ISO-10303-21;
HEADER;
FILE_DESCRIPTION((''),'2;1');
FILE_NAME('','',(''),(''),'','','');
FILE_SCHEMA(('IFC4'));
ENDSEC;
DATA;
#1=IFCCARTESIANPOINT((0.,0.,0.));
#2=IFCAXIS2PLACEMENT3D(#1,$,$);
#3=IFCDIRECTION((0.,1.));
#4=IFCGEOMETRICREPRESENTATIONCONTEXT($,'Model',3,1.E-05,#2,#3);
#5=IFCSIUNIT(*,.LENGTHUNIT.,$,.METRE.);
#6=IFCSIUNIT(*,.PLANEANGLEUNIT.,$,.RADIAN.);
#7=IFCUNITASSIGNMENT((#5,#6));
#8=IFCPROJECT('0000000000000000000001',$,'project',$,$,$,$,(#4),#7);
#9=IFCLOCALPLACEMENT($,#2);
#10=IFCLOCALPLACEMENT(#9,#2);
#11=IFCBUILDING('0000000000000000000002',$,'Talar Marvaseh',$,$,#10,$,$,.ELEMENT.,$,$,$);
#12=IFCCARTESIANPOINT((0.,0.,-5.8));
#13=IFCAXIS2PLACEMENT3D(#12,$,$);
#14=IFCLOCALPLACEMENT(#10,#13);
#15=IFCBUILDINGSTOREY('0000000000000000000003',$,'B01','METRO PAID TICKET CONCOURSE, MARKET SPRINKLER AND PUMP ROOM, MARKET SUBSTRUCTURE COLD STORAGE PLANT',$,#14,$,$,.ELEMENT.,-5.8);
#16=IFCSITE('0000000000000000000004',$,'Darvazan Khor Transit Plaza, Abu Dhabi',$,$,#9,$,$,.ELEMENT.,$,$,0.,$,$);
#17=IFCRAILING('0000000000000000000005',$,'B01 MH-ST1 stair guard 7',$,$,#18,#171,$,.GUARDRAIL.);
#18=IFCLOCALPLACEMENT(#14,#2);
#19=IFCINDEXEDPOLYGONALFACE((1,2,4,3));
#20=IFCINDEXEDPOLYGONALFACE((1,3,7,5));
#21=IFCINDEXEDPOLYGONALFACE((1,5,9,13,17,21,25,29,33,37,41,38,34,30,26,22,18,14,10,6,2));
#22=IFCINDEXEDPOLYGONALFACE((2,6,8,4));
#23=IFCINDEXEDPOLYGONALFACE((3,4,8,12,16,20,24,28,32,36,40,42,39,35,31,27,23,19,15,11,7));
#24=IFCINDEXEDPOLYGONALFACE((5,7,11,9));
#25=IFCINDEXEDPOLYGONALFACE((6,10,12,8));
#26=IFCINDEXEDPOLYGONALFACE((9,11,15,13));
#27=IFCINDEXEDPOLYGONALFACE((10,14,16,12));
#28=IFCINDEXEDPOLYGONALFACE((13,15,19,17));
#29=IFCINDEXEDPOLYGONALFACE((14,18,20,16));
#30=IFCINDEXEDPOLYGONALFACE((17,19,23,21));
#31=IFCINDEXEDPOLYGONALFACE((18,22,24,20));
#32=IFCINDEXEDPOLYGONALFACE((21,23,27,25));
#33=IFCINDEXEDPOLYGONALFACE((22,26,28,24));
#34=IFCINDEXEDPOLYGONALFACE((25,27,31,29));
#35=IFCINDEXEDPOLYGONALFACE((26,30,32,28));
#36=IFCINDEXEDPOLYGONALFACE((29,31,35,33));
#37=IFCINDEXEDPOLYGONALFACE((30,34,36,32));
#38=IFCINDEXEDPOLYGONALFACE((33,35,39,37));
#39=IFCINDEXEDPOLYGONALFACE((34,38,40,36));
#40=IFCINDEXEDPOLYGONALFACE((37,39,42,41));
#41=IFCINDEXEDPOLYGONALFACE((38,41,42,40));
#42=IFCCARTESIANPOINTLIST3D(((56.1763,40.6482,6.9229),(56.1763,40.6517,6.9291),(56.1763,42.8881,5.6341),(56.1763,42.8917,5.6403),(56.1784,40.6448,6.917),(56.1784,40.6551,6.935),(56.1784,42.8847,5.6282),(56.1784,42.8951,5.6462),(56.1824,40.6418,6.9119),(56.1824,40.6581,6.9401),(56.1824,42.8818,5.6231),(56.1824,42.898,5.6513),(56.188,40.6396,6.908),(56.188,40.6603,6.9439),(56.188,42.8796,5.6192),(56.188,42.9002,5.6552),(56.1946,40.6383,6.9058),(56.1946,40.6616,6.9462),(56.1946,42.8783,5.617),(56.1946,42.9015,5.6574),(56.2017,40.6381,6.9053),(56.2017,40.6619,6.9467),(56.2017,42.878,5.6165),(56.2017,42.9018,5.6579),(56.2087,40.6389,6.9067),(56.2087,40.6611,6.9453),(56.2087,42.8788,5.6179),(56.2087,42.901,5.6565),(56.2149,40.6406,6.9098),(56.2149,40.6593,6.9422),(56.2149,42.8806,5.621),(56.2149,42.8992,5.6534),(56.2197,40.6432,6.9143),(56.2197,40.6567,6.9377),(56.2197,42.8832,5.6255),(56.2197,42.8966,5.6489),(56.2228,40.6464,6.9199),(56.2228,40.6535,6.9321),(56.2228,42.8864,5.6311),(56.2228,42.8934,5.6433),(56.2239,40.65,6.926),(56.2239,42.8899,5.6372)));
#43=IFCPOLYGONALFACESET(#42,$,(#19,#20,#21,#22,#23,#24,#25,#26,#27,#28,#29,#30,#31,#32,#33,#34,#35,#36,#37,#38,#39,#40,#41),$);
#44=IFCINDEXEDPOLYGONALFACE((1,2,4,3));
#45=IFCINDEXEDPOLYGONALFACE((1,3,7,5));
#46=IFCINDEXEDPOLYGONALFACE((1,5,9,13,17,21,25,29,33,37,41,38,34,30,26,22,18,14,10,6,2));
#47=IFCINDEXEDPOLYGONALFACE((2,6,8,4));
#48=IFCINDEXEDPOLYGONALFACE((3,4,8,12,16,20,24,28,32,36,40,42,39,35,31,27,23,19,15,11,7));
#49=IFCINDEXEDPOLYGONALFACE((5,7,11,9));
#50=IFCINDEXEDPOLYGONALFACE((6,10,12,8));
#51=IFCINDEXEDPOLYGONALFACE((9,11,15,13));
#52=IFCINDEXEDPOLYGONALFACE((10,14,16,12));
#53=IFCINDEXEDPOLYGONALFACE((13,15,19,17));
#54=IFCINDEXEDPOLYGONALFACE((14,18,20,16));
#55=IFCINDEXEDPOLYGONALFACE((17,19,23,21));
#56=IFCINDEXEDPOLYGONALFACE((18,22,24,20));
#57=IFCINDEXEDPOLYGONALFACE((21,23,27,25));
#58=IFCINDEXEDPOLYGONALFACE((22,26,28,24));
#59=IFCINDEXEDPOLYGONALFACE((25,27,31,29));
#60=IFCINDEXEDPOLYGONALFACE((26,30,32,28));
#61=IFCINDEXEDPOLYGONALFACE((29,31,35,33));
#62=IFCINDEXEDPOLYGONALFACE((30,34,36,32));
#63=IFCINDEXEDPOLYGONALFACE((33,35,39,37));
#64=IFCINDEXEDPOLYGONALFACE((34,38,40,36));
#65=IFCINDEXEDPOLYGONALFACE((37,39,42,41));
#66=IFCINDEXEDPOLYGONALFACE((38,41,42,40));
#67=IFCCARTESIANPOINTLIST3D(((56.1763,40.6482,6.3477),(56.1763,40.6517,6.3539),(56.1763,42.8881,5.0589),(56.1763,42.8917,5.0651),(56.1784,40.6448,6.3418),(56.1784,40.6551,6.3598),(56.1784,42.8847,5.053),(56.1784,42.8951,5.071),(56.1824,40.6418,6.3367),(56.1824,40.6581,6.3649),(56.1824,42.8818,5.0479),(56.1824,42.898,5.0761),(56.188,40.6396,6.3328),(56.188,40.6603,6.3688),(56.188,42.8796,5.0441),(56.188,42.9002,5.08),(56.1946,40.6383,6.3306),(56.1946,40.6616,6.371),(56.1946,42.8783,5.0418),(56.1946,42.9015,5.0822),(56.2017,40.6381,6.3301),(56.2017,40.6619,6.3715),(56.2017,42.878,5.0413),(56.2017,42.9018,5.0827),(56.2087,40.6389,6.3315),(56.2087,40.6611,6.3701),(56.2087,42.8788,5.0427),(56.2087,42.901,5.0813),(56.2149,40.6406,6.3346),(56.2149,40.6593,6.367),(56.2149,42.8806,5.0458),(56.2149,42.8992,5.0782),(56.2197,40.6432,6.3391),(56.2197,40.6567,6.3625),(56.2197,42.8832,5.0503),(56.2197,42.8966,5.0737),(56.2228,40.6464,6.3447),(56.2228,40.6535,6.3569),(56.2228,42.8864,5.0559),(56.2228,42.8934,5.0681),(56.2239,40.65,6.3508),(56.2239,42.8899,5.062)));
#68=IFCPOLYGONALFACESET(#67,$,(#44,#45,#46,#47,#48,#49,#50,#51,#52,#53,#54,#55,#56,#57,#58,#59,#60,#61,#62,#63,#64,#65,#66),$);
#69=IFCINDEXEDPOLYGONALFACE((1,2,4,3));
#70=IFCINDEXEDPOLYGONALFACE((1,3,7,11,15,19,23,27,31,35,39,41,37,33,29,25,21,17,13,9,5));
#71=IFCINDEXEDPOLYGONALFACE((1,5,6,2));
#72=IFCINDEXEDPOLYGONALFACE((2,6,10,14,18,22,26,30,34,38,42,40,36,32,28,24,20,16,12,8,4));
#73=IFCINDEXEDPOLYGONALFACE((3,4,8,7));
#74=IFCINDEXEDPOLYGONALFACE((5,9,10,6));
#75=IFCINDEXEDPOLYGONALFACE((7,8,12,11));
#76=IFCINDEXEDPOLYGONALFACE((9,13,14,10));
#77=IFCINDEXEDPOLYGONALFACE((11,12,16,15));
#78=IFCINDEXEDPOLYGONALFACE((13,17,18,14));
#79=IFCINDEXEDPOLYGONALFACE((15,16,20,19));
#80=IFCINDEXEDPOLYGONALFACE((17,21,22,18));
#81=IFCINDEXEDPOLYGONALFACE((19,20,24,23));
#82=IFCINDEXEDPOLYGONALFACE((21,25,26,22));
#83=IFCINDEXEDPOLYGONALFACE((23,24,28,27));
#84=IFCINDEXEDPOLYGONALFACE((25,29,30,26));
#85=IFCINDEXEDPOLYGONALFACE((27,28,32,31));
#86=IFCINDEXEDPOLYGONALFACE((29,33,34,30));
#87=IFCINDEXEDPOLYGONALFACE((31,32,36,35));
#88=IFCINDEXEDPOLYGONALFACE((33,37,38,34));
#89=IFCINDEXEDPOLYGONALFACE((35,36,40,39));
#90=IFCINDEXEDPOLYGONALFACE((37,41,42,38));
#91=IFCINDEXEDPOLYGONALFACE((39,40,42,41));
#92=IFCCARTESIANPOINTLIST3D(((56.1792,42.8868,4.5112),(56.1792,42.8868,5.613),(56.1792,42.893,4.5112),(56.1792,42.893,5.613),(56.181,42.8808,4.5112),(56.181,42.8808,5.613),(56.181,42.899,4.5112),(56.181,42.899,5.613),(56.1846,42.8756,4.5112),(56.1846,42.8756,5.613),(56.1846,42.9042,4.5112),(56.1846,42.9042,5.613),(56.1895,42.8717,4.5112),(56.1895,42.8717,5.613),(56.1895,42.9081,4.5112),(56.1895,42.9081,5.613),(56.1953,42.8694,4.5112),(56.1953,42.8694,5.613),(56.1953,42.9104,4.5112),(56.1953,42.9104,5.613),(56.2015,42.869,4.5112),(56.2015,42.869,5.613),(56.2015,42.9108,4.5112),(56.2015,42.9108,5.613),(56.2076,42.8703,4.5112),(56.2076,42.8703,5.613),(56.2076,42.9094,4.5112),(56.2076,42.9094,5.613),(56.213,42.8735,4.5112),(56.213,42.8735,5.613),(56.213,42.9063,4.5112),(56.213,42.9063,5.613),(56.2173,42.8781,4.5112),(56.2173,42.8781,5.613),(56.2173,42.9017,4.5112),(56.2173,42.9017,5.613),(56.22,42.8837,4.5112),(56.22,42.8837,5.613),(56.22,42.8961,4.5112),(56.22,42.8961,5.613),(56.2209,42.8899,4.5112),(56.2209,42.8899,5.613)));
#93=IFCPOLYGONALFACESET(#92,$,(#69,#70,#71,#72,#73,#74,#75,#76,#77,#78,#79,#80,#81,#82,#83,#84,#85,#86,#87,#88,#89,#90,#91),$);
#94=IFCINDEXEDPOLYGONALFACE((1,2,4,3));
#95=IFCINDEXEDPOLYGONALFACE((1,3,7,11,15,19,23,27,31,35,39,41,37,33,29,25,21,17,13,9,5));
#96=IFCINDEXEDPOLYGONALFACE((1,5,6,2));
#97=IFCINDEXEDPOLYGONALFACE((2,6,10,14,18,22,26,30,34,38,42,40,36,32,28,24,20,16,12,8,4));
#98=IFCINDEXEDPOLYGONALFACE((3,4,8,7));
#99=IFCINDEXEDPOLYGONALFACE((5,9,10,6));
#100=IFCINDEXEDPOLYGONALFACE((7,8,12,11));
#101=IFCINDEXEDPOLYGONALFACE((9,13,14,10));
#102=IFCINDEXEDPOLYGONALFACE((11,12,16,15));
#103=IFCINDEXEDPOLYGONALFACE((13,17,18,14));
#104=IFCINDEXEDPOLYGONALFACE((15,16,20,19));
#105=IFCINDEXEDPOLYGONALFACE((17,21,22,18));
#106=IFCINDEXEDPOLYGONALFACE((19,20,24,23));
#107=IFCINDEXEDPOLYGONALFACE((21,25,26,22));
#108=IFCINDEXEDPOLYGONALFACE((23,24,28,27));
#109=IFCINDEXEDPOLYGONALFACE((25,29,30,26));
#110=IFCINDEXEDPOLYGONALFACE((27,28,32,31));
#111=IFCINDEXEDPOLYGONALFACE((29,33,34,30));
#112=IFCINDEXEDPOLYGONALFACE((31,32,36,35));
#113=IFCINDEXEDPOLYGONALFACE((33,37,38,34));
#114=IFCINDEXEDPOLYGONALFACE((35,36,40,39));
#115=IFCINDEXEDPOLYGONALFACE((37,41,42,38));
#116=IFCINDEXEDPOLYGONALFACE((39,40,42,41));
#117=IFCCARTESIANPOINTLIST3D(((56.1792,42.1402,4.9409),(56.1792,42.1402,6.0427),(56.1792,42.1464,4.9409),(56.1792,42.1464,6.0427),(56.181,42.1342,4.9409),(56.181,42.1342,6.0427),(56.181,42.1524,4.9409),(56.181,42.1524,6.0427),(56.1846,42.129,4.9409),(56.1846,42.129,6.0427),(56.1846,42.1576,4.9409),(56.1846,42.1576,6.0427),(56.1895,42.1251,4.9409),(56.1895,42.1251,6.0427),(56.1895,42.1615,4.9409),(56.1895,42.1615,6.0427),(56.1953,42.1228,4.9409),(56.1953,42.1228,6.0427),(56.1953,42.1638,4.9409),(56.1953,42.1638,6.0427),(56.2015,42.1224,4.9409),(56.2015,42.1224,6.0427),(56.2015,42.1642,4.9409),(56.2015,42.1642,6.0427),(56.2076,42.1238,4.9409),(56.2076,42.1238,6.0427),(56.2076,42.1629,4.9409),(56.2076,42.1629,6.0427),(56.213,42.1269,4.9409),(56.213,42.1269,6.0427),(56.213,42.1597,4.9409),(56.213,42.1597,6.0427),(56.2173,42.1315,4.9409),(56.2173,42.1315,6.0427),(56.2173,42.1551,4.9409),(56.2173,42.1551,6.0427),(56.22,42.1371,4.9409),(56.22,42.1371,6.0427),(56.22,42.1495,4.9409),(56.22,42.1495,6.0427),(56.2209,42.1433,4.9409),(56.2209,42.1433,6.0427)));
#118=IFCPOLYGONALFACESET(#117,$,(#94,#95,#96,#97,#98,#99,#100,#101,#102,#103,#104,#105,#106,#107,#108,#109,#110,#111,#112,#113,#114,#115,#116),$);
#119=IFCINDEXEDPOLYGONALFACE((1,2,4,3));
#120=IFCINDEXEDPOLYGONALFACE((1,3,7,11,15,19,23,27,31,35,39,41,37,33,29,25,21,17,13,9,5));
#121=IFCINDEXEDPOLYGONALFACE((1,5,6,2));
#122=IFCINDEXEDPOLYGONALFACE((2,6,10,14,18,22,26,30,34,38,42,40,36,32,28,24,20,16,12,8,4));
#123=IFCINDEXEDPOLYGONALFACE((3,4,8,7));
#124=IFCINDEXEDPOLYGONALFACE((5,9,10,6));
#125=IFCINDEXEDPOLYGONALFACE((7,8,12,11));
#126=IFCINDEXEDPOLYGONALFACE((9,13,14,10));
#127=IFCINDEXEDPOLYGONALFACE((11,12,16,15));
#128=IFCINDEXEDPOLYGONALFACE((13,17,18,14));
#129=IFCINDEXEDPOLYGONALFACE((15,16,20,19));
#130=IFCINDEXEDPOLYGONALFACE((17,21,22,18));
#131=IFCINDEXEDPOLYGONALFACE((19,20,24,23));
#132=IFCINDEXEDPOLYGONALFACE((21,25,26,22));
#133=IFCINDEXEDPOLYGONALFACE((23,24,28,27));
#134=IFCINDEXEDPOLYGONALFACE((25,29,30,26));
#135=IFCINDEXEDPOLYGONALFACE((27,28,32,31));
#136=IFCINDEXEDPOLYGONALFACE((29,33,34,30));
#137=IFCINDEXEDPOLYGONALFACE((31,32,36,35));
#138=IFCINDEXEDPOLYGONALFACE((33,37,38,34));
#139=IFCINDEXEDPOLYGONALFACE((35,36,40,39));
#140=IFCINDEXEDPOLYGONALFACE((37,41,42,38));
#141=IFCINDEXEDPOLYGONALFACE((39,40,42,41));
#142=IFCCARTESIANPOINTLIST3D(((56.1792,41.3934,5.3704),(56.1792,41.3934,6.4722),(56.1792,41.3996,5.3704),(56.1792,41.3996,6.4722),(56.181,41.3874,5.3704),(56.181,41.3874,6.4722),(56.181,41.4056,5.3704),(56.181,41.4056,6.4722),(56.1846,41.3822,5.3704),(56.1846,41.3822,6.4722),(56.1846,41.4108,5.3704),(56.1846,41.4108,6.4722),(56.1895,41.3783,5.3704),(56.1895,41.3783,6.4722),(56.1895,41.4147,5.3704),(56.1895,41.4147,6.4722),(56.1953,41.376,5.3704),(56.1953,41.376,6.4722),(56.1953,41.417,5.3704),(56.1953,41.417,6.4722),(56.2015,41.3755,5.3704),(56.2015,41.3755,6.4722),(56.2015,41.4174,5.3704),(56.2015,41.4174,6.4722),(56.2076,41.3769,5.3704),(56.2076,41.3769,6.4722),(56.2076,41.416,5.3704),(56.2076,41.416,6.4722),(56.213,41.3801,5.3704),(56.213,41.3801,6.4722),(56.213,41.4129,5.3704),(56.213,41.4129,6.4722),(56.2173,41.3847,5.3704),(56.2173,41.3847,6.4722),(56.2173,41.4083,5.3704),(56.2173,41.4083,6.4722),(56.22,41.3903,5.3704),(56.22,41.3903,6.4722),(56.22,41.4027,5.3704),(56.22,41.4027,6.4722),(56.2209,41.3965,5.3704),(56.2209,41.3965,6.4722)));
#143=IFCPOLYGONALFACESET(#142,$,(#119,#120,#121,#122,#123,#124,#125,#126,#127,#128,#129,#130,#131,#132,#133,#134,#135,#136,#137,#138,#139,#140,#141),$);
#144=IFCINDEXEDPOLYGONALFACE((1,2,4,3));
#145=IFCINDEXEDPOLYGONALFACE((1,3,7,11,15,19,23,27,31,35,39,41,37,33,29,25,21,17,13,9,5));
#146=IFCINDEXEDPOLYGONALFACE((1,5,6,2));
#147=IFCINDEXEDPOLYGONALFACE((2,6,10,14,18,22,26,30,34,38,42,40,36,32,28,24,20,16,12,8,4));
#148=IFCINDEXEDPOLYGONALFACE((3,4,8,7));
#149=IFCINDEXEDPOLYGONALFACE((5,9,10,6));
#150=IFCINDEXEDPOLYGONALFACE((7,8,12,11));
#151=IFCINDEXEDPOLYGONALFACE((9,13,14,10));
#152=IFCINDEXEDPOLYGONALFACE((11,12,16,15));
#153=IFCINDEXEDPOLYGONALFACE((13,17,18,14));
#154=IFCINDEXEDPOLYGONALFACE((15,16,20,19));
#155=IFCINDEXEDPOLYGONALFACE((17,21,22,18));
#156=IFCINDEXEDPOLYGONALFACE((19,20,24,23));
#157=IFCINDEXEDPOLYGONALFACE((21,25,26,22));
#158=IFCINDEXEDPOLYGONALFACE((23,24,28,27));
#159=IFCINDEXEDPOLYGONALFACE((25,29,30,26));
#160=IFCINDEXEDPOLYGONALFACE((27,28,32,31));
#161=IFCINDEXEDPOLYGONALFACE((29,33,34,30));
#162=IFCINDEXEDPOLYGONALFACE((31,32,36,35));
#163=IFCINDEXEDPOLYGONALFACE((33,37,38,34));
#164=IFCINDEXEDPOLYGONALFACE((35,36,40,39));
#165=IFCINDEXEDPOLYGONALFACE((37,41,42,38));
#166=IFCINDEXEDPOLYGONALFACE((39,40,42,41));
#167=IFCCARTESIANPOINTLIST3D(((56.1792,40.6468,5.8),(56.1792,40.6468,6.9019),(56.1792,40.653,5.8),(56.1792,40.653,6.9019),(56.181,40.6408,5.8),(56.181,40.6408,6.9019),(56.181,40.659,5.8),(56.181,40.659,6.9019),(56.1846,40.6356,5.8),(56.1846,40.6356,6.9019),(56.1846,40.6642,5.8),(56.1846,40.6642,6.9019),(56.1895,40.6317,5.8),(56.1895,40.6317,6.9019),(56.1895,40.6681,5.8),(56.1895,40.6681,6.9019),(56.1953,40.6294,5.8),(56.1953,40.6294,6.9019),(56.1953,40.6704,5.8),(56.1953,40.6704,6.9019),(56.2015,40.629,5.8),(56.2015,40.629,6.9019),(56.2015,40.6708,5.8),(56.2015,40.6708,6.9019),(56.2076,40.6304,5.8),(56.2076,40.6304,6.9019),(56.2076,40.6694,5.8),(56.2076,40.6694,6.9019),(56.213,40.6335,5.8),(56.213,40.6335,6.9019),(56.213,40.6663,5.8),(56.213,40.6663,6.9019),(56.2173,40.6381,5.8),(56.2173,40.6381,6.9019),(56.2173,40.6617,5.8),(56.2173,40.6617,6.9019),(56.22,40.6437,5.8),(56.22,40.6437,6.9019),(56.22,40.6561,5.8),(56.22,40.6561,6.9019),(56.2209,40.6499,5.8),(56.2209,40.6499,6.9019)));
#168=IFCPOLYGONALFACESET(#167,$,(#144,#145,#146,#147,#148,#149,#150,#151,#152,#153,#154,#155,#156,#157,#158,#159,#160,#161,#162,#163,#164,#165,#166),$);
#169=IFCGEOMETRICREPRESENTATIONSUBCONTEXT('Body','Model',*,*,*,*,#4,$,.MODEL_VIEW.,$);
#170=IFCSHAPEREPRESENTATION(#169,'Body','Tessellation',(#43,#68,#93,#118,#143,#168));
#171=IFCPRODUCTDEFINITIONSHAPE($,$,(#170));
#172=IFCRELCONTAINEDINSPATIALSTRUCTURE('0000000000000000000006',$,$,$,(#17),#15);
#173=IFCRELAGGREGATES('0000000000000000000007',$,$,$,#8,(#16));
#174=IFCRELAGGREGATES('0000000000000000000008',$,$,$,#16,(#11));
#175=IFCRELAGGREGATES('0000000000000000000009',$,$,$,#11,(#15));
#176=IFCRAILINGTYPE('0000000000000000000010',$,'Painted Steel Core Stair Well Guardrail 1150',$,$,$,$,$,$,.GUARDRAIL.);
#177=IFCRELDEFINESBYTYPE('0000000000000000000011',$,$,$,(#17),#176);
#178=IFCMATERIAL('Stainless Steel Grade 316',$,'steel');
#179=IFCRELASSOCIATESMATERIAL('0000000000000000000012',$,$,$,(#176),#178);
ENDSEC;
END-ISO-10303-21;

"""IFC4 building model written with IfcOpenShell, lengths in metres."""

from ifc_helpers import new_model, si_unit, direction, frame, origin, origin_2d, place, context, subcontext, project, spatial, circle, extrude, material, type_object, element, save


model = new_model("IFC4")

# Units and contexts
model_context = context("Model", 3, precision=1e-05, world=origin(), true_north=direction((0.0, 1.0)))
body_context = subcontext(model_context, "Body", "Model", "MODEL_VIEW")
ifc_project = project(units=[si_unit("LENGTHUNIT", "METRE"), si_unit("PLANEANGLEUNIT", "RADIAN")], contexts=[model_context])

# Site, building, storey
site_placement = place(None, origin())
site = spatial("IfcSite", under=ifc_project, at=site_placement, Name="Darvazan Khor Transit Plaza, Abu Dhabi", CompositionType="ELEMENT", RefElevation=0.0)
building_placement = place(site_placement, origin())
building = spatial("IfcBuilding", under=site, at=building_placement, Name="Talar Marvaseh", CompositionType="ELEMENT")
storey_placement = place(building_placement, frame((0.0, 0.0, -5.8)))
storey = spatial("IfcBuildingStorey", under=building, at=storey_placement, Name="B01", Description="METRO PAID TICKET CONCOURSE, MARKET SPRINKLER AND PUMP ROOM, MARKET SUBSTRUCTURE COLD STORAGE PLANT", CompositionType="ELEMENT", Elevation=-5.8)

# Railing
ifc_material_1 = material(Name="Stainless Steel Grade 316", Category="steel")
railing_type_1 = type_object("IfcRailingType", Name="Painted Steel Core Stair Well Guardrail 1150", PredefinedType="GUARDRAIL", material=ifc_material_1)
railing_1_placement = place(storey_placement, frame((56.2, 42.8899, 4.5112)))
element("IfcRailing", 1, at=railing_1_placement, inside=storey, type_object=railing_type_1, Name="B01 MH-ST1 stair guard 7", PredefinedType="GUARDRAIL", context=body_context, shape_type="SweptSolid", body=[
    extrude(circle(Radius=0.0239, at=origin_2d()), frame((0.0, 0.0, 1.126), z_axis=(0.0, -0.866768, 0.498711), x_axis=(1.0, 0.0, 0.0)), (0.0, 0.0, 1.0), 2.5842),
    extrude(circle(Radius=0.0239, at=origin_2d()), frame((0.0, 0.0, 0.5508), z_axis=(0.0, -0.866768, 0.498711), x_axis=(1.0, 0.0, 0.0)), (0.0, 0.0, 1.0), 2.5842),
    extrude(circle(Radius=0.021, at=origin_2d()), origin(), (0.0, 0.0, 1.0), 1.1018),
    extrude(circle(Radius=0.021, at=origin_2d()), frame((0.0, -0.7466, 0.4297)), (0.0, 0.0, 1.0), 1.1018),
    extrude(circle(Radius=0.021, at=origin_2d()), frame((0.0, -1.4934, 0.8591)), (0.0, 0.0, 1.0), 1.1018),
    extrude(circle(Radius=0.021, at=origin_2d()), frame((0.0, -2.24, 1.2888)), (0.0, 0.0, 1.0), 1.1018),
])

save(model, "model.ifc")
